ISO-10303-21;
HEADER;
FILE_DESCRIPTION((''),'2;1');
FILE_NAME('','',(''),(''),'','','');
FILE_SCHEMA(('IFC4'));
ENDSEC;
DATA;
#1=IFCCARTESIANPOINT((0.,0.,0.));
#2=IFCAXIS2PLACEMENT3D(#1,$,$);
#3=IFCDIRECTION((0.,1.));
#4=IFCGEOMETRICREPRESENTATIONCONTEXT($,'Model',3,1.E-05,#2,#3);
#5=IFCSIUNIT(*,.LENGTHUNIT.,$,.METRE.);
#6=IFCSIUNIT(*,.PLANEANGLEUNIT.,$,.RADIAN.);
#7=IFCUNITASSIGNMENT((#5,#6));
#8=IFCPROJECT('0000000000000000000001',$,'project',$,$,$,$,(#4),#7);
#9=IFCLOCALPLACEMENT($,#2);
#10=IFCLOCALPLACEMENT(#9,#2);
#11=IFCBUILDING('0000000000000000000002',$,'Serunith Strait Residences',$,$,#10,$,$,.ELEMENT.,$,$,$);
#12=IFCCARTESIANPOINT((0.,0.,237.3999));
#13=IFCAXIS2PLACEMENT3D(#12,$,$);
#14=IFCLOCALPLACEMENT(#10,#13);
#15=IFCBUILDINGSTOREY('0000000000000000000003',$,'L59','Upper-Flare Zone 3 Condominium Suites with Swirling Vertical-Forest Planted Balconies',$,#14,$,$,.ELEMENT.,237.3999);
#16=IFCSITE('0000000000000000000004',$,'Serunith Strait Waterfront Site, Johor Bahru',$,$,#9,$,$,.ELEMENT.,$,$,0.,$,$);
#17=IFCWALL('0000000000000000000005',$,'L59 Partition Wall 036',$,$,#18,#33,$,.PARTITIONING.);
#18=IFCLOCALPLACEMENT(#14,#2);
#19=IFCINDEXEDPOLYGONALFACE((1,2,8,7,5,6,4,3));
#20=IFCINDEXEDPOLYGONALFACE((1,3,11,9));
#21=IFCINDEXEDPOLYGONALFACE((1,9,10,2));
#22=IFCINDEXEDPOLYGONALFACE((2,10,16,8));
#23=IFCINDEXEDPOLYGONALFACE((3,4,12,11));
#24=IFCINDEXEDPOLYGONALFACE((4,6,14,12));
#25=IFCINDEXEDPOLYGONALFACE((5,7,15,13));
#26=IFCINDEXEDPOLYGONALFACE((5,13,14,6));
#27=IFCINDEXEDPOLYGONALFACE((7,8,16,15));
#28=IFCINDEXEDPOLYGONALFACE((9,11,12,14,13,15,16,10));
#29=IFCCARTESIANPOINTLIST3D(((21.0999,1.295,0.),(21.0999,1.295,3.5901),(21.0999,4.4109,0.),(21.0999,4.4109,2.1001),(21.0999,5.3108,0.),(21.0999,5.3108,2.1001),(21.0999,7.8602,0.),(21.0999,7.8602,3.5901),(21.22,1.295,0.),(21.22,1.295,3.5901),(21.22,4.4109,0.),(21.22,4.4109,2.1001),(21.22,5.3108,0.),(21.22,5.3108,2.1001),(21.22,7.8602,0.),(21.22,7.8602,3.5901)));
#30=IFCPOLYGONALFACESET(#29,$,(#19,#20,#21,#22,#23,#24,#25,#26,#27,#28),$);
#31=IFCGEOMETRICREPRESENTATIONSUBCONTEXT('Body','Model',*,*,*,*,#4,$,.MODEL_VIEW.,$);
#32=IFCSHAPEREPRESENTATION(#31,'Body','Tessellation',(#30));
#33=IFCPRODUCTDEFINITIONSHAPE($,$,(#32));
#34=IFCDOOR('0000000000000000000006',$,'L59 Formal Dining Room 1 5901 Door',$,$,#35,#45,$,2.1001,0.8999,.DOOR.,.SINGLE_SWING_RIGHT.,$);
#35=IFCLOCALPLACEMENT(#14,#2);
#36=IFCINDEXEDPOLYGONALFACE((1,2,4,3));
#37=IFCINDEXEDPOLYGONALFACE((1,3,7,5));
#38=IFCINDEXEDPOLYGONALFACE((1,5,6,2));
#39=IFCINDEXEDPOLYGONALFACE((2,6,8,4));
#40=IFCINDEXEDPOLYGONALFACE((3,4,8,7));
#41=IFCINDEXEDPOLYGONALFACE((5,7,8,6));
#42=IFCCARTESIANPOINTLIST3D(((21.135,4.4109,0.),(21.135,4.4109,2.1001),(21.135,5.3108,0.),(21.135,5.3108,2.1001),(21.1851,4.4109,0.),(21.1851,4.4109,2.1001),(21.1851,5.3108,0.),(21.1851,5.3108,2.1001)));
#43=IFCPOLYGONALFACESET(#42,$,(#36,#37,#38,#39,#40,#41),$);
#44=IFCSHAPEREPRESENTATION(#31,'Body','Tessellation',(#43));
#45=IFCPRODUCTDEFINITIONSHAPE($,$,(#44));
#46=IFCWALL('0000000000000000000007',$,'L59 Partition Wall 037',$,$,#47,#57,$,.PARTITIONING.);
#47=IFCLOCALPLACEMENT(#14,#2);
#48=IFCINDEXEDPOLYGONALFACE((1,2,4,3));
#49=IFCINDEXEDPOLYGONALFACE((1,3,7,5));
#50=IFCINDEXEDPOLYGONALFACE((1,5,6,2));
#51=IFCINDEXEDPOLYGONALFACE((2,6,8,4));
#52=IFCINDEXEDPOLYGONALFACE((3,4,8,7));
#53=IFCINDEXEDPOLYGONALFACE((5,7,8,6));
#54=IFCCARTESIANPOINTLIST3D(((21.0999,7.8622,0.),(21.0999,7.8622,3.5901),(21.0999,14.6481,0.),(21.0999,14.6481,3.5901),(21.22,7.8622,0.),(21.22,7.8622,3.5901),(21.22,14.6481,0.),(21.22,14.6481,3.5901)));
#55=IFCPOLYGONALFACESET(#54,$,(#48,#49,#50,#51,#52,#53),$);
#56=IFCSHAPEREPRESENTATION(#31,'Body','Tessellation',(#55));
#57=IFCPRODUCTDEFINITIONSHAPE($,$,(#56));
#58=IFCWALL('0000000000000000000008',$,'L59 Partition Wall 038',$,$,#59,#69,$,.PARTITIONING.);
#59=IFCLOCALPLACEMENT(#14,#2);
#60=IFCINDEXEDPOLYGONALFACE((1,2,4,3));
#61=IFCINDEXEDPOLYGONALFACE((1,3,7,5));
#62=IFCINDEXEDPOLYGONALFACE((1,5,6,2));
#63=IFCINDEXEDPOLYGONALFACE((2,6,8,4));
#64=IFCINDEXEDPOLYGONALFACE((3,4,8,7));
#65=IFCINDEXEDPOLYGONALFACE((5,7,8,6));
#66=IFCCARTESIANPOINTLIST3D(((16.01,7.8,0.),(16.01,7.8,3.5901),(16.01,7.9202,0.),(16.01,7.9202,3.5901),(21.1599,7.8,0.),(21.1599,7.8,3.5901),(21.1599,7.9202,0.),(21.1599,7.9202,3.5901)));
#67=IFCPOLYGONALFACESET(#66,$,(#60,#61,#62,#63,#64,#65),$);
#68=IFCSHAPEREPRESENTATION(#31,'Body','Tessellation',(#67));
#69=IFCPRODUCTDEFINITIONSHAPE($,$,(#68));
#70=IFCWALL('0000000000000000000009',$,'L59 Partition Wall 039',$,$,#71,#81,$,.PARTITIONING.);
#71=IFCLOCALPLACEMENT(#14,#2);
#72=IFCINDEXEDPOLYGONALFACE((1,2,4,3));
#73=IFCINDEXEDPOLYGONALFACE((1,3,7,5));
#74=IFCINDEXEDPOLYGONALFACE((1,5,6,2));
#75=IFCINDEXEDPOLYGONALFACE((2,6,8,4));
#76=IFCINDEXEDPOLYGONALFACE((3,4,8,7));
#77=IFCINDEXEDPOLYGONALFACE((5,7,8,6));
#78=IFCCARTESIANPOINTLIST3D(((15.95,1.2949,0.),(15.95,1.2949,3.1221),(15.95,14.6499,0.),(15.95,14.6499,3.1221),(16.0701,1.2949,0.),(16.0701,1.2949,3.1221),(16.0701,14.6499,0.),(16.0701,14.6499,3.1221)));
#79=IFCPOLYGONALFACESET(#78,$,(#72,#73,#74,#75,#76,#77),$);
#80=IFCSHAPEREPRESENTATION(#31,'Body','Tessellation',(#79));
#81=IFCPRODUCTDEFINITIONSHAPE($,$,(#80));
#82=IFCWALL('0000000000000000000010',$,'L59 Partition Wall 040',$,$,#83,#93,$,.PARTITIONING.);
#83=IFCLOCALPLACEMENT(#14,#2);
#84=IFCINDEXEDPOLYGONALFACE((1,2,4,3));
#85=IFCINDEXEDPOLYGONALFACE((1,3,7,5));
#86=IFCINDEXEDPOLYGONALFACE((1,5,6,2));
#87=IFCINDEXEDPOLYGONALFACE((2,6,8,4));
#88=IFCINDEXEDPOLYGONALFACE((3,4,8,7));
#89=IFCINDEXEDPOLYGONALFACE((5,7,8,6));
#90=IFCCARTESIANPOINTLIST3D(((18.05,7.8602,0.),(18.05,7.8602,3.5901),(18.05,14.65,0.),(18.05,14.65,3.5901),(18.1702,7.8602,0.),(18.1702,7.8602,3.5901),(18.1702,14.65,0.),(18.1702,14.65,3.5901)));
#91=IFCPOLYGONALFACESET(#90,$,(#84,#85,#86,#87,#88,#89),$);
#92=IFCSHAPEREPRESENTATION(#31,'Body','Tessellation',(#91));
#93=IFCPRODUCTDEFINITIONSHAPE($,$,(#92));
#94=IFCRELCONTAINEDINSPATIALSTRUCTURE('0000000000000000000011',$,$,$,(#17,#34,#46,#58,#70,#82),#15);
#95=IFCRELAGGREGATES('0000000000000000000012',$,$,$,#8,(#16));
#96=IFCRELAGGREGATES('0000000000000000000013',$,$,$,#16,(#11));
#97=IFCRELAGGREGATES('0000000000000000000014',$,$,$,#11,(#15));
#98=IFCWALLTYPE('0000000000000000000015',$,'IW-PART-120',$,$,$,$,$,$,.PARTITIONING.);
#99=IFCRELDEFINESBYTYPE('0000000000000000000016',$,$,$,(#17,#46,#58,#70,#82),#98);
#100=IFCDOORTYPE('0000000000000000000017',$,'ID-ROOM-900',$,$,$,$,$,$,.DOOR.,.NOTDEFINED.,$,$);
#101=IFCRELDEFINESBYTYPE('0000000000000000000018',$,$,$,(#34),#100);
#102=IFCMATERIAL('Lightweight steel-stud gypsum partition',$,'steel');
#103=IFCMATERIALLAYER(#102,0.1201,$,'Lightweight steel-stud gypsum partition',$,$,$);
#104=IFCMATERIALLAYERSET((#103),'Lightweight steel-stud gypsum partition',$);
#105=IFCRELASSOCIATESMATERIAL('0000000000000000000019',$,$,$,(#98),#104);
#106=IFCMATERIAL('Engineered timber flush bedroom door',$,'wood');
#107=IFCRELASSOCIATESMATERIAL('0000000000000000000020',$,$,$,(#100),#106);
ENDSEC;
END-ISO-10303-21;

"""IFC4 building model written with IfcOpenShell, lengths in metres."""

from ifc_helpers import new_model, si_unit, direction, frame, frame_2d, origin, place, context, subcontext, project, spatial, rectangle, extrude, source, transform, mapped, material, layer, layer_set, type_object, element, fill, save


model = new_model("IFC4")

# Units and contexts
model_context = context("Model", 3, precision=1e-05, world=origin(), true_north=direction((0.0, 1.0)))
body_context = subcontext(model_context, "Body", "Model", "MODEL_VIEW")
ifc_project = project(units=[si_unit("LENGTHUNIT", "METRE"), si_unit("PLANEANGLEUNIT", "RADIAN")], contexts=[model_context])

# Site, building, storey
site_placement = place(None, origin())
site = spatial("IfcSite", under=ifc_project, at=site_placement, Name="Serunith Strait Waterfront Site, Johor Bahru", CompositionType="ELEMENT", RefElevation=0.0)
building_placement = place(site_placement, origin())
building = spatial("IfcBuilding", under=site, at=building_placement, Name="Serunith Strait Residences", CompositionType="ELEMENT")
storey_placement = place(building_placement, frame((0.0, 0.0, 237.3999)))
storey = spatial("IfcBuildingStorey", under=building, at=storey_placement, Name="L59", Description="Upper-Flare Zone 3 Condominium Suites with Swirling Vertical-Forest Planted Balconies", CompositionType="ELEMENT", Elevation=237.3999)

# Wall, opening, door
ifc_material_1 = material(Name="Lightweight steel-stud gypsum partition", Category="steel")
ifc_layer_1 = layer(ifc_material_1, 0.1201, Name="Lightweight steel-stud gypsum partition")
ifc_layer_set_1 = layer_set([ifc_layer_1], Name="Lightweight steel-stud gypsum partition")
wall_type = type_object("IfcWallType", Name="IW-PART-120", PredefinedType="PARTITIONING", material=ifc_layer_set_1)
wall_1_placement = place(storey_placement, frame((21.1599, 1.2949, 0.0), z_axis=(0.0, 0.0, 1.0), x_axis=(0.0, 1.0, 0.0)))
wall_1 = element("IfcWall", 1, at=wall_1_placement, inside=storey, type_object=wall_type, Name="L59 Partition Wall 036", PredefinedType="PARTITIONING", context=body_context, shape_type="SweptSolid", body=[
    extrude(rectangle(XDim=6.5652, YDim=0.1201, at=frame_2d((3.2827, 0.0))), origin(), (0.0, 0.0, 1.0), 3.5901),
])
opening_placement = place(wall_1_placement, frame((3.116, 0.0, 0.0)))
opening = element("IfcOpeningElement", 2, at=opening_placement, cuts=wall_1, PredefinedType="OPENING", context=body_context, shape_type="SweptSolid", body=[
    extrude(rectangle(XDim=0.8999, YDim=2.1001, at=frame_2d((0.45, 1.05))), frame((0.0, 0.0701, 0.0), z_axis=(0.0, -1.0, 0.0), x_axis=(1.0, 0.0, 0.0)), (0.0, 0.0, 1.0), 0.1401),
])
ifc_material_2 = material(Name="Engineered timber flush bedroom door", Category="wood")
door_type = type_object("IfcDoorType", Name="ID-ROOM-900", OperationType="NOTDEFINED", PredefinedType="DOOR", material=ifc_material_2)
shared_shape_1 = source(origin(), body_context, "Body", "SweptSolid", [
    extrude(rectangle(XDim=0.8999, YDim=2.1001, at=frame_2d((0.45, 1.05))), frame((0.0, 0.0249, 0.0), z_axis=(0.0, -1.0, 0.0), x_axis=(1.0, 0.0, 0.0)), (0.0, 0.0, 1.0), 0.05),
])
door_placement = place(opening_placement, origin())
door = element("IfcDoor", 3, at=door_placement, inside=storey, type_object=door_type, Name="L59 Formal Dining Room 1 5901 Door", OperationType="SINGLE_SWING_RIGHT", OverallHeight=2.1001, OverallWidth=0.8999, PredefinedType="DOOR", context=body_context, shape_type="MappedRepresentation", body=[
    mapped(shared_shape_1, transform((0.0, 0.0, 0.0), scale=1.0)),
])
fill(opening, door)

# Walls
wall_2_placement = place(storey_placement, frame((21.1599, 7.8621, 0.0), z_axis=(0.0, 0.0, 1.0), x_axis=(0.0, 1.0, 0.0)))
element("IfcWall", 4, at=wall_2_placement, inside=storey, type_object=wall_type, Name="L59 Partition Wall 037", PredefinedType="PARTITIONING", context=body_context, shape_type="SweptSolid", body=[
    extrude(rectangle(XDim=6.7859, YDim=0.1201, at=frame_2d((3.3931, 0.0))), origin(), (0.0, 0.0, 1.0), 3.5901),
])
wall_3_placement = place(storey_placement, frame((16.01, 7.8601, 0.0), z_axis=(0.0, 0.0, 1.0), x_axis=(1.0, 0.0, 0.0)))
element("IfcWall", 5, at=wall_3_placement, inside=storey, type_object=wall_type, Name="L59 Partition Wall 038", PredefinedType="PARTITIONING", context=body_context, shape_type="SweptSolid", body=[
    extrude(rectangle(XDim=5.1499, YDim=0.1201, at=frame_2d((2.575, 0.0))), origin(), (0.0, 0.0, 1.0), 3.5901),
])
wall_4_placement = place(storey_placement, frame((16.01, 1.2949, 0.0), z_axis=(0.0, 0.0, 1.0), x_axis=(0.0, 1.0, 0.0)))
element("IfcWall", 6, at=wall_4_placement, inside=storey, type_object=wall_type, Name="L59 Partition Wall 039", PredefinedType="PARTITIONING", context=body_context, shape_type="SweptSolid", body=[
    extrude(rectangle(XDim=13.355, YDim=0.1201, at=frame_2d((6.6775, 0.0))), origin(), (0.0, 0.0, 1.0), 3.1221),
])
wall_5_placement = place(storey_placement, frame((18.1101, 7.8601, 0.0), z_axis=(0.0, 0.0, 1.0), x_axis=(0.0, 1.0, 0.0)))
element("IfcWall", 7, at=wall_5_placement, inside=storey, type_object=wall_type, Name="L59 Partition Wall 040", PredefinedType="PARTITIONING", context=body_context, shape_type="SweptSolid", body=[
    extrude(rectangle(XDim=6.7898, YDim=0.1201, at=frame_2d((3.395, 0.0))), origin(), (0.0, 0.0, 1.0), 3.5901),
])

save(model, "model.ifc")
